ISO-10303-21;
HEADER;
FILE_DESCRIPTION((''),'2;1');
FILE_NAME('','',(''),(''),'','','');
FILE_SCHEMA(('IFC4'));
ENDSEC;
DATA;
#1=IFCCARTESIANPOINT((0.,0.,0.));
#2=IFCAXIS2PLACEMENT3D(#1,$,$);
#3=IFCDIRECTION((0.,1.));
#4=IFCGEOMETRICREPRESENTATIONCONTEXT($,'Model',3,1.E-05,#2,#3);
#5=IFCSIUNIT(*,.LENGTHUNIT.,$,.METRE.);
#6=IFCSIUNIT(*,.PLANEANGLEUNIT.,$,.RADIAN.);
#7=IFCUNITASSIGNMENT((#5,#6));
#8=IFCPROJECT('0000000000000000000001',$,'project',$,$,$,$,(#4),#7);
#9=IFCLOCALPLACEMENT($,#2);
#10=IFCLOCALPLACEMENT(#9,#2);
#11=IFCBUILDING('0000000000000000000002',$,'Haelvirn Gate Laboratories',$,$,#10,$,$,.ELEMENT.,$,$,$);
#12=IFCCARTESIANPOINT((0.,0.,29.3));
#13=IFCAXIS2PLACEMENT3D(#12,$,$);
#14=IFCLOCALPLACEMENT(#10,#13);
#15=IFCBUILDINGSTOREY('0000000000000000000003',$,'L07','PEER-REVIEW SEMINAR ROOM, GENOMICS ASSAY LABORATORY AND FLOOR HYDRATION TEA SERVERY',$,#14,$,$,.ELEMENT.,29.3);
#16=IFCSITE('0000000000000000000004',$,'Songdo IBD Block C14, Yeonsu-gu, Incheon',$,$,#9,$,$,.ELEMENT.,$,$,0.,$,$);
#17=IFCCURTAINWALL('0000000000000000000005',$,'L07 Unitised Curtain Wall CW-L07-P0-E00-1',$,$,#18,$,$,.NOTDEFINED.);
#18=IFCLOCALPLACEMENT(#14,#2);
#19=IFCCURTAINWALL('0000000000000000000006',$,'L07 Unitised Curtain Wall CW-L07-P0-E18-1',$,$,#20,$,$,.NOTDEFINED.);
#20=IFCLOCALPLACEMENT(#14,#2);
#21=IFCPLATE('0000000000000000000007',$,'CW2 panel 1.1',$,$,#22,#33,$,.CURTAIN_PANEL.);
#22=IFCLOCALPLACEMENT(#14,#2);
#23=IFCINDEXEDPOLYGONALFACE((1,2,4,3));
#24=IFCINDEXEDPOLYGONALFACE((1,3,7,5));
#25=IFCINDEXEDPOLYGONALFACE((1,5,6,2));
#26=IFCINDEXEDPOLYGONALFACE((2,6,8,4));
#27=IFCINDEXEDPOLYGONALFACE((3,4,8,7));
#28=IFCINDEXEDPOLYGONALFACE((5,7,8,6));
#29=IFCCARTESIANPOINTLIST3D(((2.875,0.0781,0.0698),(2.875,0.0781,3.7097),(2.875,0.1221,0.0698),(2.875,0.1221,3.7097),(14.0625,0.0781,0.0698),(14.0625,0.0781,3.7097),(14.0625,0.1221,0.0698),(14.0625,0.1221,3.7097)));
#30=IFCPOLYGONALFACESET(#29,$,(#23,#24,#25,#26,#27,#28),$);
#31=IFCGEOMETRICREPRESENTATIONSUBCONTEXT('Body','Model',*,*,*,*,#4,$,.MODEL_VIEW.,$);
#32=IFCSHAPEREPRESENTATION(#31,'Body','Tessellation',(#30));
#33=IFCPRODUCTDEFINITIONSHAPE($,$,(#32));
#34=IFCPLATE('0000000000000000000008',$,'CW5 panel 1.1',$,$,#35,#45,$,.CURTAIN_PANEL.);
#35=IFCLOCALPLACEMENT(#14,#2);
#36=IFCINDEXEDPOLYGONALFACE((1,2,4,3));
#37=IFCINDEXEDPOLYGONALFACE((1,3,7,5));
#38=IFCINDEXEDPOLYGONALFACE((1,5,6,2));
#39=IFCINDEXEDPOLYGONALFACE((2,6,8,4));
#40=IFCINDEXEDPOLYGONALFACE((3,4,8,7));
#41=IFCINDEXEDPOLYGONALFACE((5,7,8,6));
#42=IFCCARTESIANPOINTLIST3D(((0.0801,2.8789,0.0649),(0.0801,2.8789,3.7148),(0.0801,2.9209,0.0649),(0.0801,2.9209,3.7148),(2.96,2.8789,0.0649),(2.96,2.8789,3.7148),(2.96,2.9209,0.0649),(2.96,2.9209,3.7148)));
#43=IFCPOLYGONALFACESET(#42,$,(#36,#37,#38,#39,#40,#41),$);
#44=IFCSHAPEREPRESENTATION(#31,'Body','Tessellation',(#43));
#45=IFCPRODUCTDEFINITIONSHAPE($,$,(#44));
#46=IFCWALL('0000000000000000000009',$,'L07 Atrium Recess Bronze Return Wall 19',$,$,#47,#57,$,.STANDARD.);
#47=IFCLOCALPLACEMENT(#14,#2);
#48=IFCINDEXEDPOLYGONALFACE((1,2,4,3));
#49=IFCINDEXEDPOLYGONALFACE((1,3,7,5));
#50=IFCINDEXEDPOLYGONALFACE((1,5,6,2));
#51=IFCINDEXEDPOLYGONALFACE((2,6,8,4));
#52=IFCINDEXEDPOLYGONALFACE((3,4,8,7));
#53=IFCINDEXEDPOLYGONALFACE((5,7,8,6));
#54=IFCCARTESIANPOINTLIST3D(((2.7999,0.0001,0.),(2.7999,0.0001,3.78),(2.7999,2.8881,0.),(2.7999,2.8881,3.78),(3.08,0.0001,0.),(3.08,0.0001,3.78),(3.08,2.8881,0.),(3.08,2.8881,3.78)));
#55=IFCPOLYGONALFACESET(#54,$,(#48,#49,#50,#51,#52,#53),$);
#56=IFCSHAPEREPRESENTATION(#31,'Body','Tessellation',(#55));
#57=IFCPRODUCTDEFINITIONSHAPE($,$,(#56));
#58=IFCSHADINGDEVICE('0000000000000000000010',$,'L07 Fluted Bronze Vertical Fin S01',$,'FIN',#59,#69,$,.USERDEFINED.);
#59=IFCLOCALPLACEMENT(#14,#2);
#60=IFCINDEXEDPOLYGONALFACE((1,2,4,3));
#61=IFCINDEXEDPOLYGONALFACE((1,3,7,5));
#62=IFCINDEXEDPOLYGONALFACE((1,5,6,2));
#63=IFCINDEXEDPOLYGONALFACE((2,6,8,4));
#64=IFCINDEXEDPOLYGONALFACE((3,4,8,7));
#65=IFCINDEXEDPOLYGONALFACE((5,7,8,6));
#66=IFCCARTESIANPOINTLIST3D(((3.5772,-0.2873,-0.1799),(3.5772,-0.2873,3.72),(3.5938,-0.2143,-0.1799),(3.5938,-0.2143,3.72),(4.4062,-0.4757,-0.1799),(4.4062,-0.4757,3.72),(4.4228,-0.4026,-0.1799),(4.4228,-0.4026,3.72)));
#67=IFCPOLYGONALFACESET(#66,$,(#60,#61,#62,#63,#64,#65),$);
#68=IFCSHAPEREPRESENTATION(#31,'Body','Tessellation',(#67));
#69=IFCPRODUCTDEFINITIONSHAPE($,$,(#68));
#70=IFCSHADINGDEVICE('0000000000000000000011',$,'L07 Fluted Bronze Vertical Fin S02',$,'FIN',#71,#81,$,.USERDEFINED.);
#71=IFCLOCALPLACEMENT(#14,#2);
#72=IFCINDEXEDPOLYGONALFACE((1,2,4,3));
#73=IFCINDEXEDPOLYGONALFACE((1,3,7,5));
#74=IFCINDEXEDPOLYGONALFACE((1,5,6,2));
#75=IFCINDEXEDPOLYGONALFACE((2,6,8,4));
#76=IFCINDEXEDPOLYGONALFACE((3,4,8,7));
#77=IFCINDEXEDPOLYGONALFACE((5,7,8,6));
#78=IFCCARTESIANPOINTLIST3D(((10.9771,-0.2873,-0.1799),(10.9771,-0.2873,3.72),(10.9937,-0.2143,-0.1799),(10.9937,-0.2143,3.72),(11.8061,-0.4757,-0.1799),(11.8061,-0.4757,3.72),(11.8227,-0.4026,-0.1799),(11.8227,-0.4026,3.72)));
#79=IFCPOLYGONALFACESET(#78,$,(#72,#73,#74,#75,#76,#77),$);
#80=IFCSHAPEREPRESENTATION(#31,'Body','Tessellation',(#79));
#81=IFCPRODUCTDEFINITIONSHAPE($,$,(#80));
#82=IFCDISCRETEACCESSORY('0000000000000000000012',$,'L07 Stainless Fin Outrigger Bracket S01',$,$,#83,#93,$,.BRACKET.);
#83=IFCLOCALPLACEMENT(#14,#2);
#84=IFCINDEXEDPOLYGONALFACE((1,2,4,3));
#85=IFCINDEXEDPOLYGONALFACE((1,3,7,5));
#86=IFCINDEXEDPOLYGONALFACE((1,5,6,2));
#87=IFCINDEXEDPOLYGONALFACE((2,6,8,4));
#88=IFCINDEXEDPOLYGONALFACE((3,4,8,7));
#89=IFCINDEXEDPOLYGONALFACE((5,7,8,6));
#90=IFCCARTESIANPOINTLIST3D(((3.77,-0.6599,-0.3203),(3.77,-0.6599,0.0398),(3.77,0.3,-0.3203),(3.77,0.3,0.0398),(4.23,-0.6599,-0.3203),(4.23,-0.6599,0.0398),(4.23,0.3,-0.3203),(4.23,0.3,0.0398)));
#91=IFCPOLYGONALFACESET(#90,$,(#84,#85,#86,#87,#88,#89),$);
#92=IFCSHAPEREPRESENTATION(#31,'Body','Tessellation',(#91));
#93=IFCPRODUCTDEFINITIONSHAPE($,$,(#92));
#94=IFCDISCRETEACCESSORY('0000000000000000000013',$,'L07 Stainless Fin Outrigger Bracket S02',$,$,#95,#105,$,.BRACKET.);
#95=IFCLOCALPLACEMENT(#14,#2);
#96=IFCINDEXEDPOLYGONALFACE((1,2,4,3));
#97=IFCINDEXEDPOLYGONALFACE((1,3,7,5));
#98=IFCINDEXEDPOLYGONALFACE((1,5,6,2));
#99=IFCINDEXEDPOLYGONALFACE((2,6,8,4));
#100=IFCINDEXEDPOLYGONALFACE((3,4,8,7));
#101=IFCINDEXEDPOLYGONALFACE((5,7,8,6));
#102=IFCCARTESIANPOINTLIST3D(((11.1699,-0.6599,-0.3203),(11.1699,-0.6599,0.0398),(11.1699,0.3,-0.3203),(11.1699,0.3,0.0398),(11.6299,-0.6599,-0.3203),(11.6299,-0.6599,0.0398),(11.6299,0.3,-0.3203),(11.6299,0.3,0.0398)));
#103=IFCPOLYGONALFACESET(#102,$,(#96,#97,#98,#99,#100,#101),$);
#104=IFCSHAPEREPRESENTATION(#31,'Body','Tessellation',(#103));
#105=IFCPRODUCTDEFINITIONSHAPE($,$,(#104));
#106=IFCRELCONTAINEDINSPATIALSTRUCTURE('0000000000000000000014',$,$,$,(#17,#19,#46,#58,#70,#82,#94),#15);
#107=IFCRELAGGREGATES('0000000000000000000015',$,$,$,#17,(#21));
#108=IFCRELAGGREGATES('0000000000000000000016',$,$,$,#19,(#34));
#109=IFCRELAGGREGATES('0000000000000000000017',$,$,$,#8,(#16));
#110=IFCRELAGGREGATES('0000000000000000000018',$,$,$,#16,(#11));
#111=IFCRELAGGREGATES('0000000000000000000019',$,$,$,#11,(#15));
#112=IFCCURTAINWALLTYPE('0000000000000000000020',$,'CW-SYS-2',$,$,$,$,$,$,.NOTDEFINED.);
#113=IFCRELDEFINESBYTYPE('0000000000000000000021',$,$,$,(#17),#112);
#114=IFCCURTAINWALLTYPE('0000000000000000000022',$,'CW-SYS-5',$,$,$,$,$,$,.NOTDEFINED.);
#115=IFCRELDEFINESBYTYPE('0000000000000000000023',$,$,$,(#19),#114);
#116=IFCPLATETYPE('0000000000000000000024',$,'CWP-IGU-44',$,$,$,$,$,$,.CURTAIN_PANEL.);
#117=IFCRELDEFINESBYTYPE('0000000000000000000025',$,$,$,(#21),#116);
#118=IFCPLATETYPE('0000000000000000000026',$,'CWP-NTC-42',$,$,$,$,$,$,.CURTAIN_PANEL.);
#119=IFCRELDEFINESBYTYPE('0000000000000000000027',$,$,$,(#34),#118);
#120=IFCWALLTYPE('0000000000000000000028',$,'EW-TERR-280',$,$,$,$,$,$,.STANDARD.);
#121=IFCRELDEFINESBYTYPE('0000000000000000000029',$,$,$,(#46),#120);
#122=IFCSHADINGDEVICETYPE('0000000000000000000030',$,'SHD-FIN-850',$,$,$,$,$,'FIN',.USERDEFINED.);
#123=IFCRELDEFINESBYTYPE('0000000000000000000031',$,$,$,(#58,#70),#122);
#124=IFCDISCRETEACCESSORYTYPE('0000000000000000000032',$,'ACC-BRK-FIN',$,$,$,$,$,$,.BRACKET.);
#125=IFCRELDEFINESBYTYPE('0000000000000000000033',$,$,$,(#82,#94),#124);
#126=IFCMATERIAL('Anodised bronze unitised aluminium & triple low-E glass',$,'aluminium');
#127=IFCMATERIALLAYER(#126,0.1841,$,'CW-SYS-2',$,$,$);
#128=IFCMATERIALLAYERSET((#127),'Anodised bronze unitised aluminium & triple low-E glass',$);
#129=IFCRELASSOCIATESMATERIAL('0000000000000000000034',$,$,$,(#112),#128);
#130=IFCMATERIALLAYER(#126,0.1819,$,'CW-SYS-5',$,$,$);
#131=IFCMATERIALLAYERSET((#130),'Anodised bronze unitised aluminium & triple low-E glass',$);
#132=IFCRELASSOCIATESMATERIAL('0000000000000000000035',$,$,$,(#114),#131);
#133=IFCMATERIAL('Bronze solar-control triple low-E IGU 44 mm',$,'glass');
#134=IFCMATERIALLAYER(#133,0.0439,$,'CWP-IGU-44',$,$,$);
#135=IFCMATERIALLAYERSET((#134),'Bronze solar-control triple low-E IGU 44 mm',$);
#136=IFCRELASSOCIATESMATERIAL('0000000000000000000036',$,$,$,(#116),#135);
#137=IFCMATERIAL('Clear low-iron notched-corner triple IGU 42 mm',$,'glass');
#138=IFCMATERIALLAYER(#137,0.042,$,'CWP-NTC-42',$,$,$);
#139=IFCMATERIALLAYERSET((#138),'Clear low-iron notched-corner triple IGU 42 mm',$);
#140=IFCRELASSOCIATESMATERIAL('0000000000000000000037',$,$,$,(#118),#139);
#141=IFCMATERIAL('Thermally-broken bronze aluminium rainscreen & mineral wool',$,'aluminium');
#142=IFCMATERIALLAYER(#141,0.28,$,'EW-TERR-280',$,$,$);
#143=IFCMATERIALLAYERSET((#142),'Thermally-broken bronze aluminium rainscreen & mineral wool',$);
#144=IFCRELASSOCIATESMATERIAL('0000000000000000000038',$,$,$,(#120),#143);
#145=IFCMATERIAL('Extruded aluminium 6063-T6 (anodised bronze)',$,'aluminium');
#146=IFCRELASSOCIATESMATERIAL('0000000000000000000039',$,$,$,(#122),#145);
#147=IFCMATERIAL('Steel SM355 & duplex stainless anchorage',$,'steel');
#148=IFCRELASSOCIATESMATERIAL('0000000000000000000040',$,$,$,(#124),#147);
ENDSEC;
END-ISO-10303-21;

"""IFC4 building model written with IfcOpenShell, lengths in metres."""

from ifc_helpers import new_model, si_unit, direction, frame, frame_2d, origin, origin_2d, place, context, subcontext, project, spatial, rectangle, extrude, source, transform, mapped, material, layer, layer_set, material_profile, profile_set, type_object, type_shapes, element, aggregate, save


model = new_model("IFC4")

# Units and contexts
model_context = context("Model", 3, precision=1e-05, world=origin(), true_north=direction((0.0, 1.0)))
body_context = subcontext(model_context, "Body", "Model", "MODEL_VIEW")
ifc_project = project(units=[si_unit("LENGTHUNIT", "METRE"), si_unit("PLANEANGLEUNIT", "RADIAN")], contexts=[model_context])

# Site, building, storey
site_placement = place(None, origin())
site = spatial("IfcSite", under=ifc_project, at=site_placement, Name="Songdo IBD Block C14, Yeonsu-gu, Incheon", CompositionType="ELEMENT", RefElevation=0.0)
building_placement = place(site_placement, origin())
building = spatial("IfcBuilding", under=site, at=building_placement, Name="Haelvirn Gate Laboratories", CompositionType="ELEMENT")
storey_placement = place(building_placement, frame((0.0, 0.0, 29.3)))
storey = spatial("IfcBuildingStorey", under=building, at=storey_placement, Name="L07", Description="PEER-REVIEW SEMINAR ROOM, GENOMICS ASSAY LABORATORY AND FLOOR HYDRATION TEA SERVERY", CompositionType="ELEMENT", Elevation=29.3)

# Curtain wall
ifc_material_1 = material(Name="Anodised bronze unitised aluminium & triple low-E glass", Category="aluminium")
ifc_layer_1 = layer(ifc_material_1, 0.1841, Name="CW-SYS-2")
ifc_layer_set_1 = layer_set([ifc_layer_1], Name="Anodised bronze unitised aluminium & triple low-E glass")
curtain_wall_type_1 = type_object("IfcCurtainWallType", Name="CW-SYS-2", PredefinedType="NOTDEFINED", material=ifc_layer_set_1)
curtain_wall_1_placement = place(storey_placement, origin())
curtain_wall_1 = element("IfcCurtainWall", 1, at=curtain_wall_1_placement, inside=storey, type_object=curtain_wall_type_1, Name="L07 Unitised Curtain Wall CW-L07-P0-E00-1", PredefinedType="NOTDEFINED")
ifc_material_2 = material(Name="Extruded aluminium 6063-T6 (anodised bronze)", Category="aluminium")

# Curtain wall
ifc_layer_2 = layer(ifc_material_1, 0.1819, Name="CW-SYS-5")
ifc_layer_set_2 = layer_set([ifc_layer_2], Name="Anodised bronze unitised aluminium & triple low-E glass")
curtain_wall_type_2 = type_object("IfcCurtainWallType", Name="CW-SYS-5", PredefinedType="NOTDEFINED", material=ifc_layer_set_2)
curtain_wall_2_placement = place(storey_placement, origin())
curtain_wall_2 = element("IfcCurtainWall", 2, at=curtain_wall_2_placement, inside=storey, type_object=curtain_wall_type_2, Name="L07 Unitised Curtain Wall CW-L07-P0-E18-1", PredefinedType="NOTDEFINED")

# Plates
ifc_material_3 = material(Name="Bronze solar-control triple low-E IGU 44 mm", Category="glass")
ifc_layer_3 = layer(ifc_material_3, 0.0439, Name="CWP-IGU-44")
ifc_layer_set_3 = layer_set([ifc_layer_3], Name="Bronze solar-control triple low-E IGU 44 mm")
plate_type_1 = type_object("IfcPlateType", Name="CWP-IGU-44", PredefinedType="CURTAIN_PANEL", material=ifc_layer_set_3)
shared_shape_1 = source(origin(), body_context, "Body", "SweptSolid", [
    extrude(rectangle(XDim=11.1875, YDim=0.0439, at=origin_2d()), origin(), (0.0, 0.0, 1.0), 3.6399),
])
type_shapes(plate_type_1, [shared_shape_1])
plate_1_placement = place(storey_placement, frame((8.4688, 0.1001, 0.0698), z_axis=(0.0, 0.0, 1.0), x_axis=(1.0, 0.0, 0.0)))
plate_1 = element("IfcPlate", 3, at=plate_1_placement, type_object=plate_type_1, Name="CW2 panel 1.1", PredefinedType="CURTAIN_PANEL", context=body_context, shape_type="MappedRepresentation", body=[
    mapped(shared_shape_1, transform((0.0, 0.0, 0.0), scale=1.0)),
])
aggregate(curtain_wall_1, [plate_1])
ifc_material_4 = material(Name="Clear low-iron notched-corner triple IGU 42 mm", Category="glass")
ifc_layer_4 = layer(ifc_material_4, 0.042, Name="CWP-NTC-42")
ifc_layer_set_4 = layer_set([ifc_layer_4], Name="Clear low-iron notched-corner triple IGU 42 mm")
plate_type_2 = type_object("IfcPlateType", Name="CWP-NTC-42", PredefinedType="CURTAIN_PANEL", material=ifc_layer_set_4)
shared_shape_2 = source(origin(), body_context, "Body", "SweptSolid", [
    extrude(rectangle(XDim=2.8799, YDim=0.042, at=origin_2d()), origin(), (0.0, 0.0, 1.0), 3.6499),
])
type_shapes(plate_type_2, [shared_shape_2])
plate_2_placement = place(storey_placement, frame((1.52, 2.8999, 0.0649), z_axis=(0.0, 0.0, 1.0), x_axis=(1.0, 0.0, 0.0)))
plate_2 = element("IfcPlate", 4, at=plate_2_placement, type_object=plate_type_2, Name="CW5 panel 1.1", PredefinedType="CURTAIN_PANEL", context=body_context, shape_type="MappedRepresentation", body=[
    mapped(shared_shape_2, transform((0.0, 0.0, 0.0), scale=1.0)),
])
aggregate(curtain_wall_2, [plate_2])

# Wall
ifc_material_5 = material(Name="Thermally-broken bronze aluminium rainscreen & mineral wool", Category="aluminium")
ifc_layer_5 = layer(ifc_material_5, 0.28, Name="EW-TERR-280")
ifc_layer_set_5 = layer_set([ifc_layer_5], Name="Thermally-broken bronze aluminium rainscreen & mineral wool")
wall_type = type_object("IfcWallType", Name="EW-TERR-280", PredefinedType="STANDARD", material=ifc_layer_set_5)
wall_placement = place(storey_placement, frame((2.9399, 2.8879, 0.0), z_axis=(0.0, 0.0, 1.0), x_axis=(0.0, -1.0, 0.0)))
element("IfcWall", 5, at=wall_placement, inside=storey, type_object=wall_type, Name="L07 Atrium Recess Bronze Return Wall 19", PredefinedType="STANDARD", context=body_context, shape_type="SweptSolid", body=[
    extrude(rectangle(XDim=2.8879, YDim=0.28, at=frame_2d((1.4438, 0.0))), origin(), (0.0, 0.0, 1.0), 3.78),
])

# Shading devices
ifc_material_profile_1 = material_profile(ifc_material_2, rectangle(XDim=0.075, YDim=0.8501, at=origin_2d()), Name="FIN-850x75")
ifc_profile_set_1 = profile_set([ifc_material_profile_1], Name="Extruded aluminium 6063-T6 (anodised bronze)")
shading_device_type = type_object("IfcShadingDeviceType", Name="SHD-FIN-850", ElementType="FIN", PredefinedType="USERDEFINED", material=ifc_profile_set_1)
shared_shape_3 = source(origin(), body_context, "Body", "SweptSolid", [
    extrude(rectangle(XDim=0.075, YDim=0.8501, at=origin_2d()), origin(), (0.0, 0.0, 1.0), 3.8999),
])
type_shapes(shading_device_type, [shared_shape_3])
for number, where, z_axis, x_axis, name in (
    (6, (4.0, -0.345, -0.1799), (0.0, 0.0, 1.0), (0.221548, 0.975149, 0.0), "L07 Fluted Bronze Vertical Fin S01"),
    (7, (11.3999, -0.345, -0.1799), (0.0, 0.0, 1.0), (0.221548, 0.975149, 0.0), "L07 Fluted Bronze Vertical Fin S02"),
):
    element("IfcShadingDevice", number, at=place(storey_placement, frame(where, z_axis=z_axis, x_axis=x_axis)), inside=storey, type_object=shading_device_type, Name=name, ObjectType="FIN", PredefinedType="USERDEFINED", context=body_context, shape_type="MappedRepresentation", body=[
        mapped(shared_shape_3, transform((0.0, 0.0, 0.0), scale=1.0)),
    ])

# Discrete accessories
ifc_material_6 = material(Name="Steel SM355 & duplex stainless anchorage", Category="steel")
discrete_accessory_type = type_object("IfcDiscreteAccessoryType", Name="ACC-BRK-FIN", PredefinedType="BRACKET", material=ifc_material_6)
shared_shape_4 = source(origin(), body_context, "Body", "SweptSolid", [
    extrude(rectangle(XDim=0.46, YDim=0.96, at=origin_2d()), origin(), (0.0, 0.0, 1.0), 0.3601),
])
type_shapes(discrete_accessory_type, [shared_shape_4])
for number, where, z_axis, x_axis, name in (
    (8, (4.0, -0.1799, -0.3203), (0.0, 0.0, 1.0), (1.0, 0.0, 0.0), "L07 Stainless Fin Outrigger Bracket S01"),
    (9, (11.3999, -0.1799, -0.3203), (0.0, 0.0, 1.0), (1.0, 0.0, 0.0), "L07 Stainless Fin Outrigger Bracket S02"),
):
    element("IfcDiscreteAccessory", number, at=place(storey_placement, frame(where, z_axis=z_axis, x_axis=x_axis)), inside=storey, type_object=discrete_accessory_type, Name=name, PredefinedType="BRACKET", context=body_context, shape_type="MappedRepresentation", body=[
        mapped(shared_shape_4, transform((0.0, 0.0, 0.0), scale=1.0)),
    ])

save(model, "model.ifc")
